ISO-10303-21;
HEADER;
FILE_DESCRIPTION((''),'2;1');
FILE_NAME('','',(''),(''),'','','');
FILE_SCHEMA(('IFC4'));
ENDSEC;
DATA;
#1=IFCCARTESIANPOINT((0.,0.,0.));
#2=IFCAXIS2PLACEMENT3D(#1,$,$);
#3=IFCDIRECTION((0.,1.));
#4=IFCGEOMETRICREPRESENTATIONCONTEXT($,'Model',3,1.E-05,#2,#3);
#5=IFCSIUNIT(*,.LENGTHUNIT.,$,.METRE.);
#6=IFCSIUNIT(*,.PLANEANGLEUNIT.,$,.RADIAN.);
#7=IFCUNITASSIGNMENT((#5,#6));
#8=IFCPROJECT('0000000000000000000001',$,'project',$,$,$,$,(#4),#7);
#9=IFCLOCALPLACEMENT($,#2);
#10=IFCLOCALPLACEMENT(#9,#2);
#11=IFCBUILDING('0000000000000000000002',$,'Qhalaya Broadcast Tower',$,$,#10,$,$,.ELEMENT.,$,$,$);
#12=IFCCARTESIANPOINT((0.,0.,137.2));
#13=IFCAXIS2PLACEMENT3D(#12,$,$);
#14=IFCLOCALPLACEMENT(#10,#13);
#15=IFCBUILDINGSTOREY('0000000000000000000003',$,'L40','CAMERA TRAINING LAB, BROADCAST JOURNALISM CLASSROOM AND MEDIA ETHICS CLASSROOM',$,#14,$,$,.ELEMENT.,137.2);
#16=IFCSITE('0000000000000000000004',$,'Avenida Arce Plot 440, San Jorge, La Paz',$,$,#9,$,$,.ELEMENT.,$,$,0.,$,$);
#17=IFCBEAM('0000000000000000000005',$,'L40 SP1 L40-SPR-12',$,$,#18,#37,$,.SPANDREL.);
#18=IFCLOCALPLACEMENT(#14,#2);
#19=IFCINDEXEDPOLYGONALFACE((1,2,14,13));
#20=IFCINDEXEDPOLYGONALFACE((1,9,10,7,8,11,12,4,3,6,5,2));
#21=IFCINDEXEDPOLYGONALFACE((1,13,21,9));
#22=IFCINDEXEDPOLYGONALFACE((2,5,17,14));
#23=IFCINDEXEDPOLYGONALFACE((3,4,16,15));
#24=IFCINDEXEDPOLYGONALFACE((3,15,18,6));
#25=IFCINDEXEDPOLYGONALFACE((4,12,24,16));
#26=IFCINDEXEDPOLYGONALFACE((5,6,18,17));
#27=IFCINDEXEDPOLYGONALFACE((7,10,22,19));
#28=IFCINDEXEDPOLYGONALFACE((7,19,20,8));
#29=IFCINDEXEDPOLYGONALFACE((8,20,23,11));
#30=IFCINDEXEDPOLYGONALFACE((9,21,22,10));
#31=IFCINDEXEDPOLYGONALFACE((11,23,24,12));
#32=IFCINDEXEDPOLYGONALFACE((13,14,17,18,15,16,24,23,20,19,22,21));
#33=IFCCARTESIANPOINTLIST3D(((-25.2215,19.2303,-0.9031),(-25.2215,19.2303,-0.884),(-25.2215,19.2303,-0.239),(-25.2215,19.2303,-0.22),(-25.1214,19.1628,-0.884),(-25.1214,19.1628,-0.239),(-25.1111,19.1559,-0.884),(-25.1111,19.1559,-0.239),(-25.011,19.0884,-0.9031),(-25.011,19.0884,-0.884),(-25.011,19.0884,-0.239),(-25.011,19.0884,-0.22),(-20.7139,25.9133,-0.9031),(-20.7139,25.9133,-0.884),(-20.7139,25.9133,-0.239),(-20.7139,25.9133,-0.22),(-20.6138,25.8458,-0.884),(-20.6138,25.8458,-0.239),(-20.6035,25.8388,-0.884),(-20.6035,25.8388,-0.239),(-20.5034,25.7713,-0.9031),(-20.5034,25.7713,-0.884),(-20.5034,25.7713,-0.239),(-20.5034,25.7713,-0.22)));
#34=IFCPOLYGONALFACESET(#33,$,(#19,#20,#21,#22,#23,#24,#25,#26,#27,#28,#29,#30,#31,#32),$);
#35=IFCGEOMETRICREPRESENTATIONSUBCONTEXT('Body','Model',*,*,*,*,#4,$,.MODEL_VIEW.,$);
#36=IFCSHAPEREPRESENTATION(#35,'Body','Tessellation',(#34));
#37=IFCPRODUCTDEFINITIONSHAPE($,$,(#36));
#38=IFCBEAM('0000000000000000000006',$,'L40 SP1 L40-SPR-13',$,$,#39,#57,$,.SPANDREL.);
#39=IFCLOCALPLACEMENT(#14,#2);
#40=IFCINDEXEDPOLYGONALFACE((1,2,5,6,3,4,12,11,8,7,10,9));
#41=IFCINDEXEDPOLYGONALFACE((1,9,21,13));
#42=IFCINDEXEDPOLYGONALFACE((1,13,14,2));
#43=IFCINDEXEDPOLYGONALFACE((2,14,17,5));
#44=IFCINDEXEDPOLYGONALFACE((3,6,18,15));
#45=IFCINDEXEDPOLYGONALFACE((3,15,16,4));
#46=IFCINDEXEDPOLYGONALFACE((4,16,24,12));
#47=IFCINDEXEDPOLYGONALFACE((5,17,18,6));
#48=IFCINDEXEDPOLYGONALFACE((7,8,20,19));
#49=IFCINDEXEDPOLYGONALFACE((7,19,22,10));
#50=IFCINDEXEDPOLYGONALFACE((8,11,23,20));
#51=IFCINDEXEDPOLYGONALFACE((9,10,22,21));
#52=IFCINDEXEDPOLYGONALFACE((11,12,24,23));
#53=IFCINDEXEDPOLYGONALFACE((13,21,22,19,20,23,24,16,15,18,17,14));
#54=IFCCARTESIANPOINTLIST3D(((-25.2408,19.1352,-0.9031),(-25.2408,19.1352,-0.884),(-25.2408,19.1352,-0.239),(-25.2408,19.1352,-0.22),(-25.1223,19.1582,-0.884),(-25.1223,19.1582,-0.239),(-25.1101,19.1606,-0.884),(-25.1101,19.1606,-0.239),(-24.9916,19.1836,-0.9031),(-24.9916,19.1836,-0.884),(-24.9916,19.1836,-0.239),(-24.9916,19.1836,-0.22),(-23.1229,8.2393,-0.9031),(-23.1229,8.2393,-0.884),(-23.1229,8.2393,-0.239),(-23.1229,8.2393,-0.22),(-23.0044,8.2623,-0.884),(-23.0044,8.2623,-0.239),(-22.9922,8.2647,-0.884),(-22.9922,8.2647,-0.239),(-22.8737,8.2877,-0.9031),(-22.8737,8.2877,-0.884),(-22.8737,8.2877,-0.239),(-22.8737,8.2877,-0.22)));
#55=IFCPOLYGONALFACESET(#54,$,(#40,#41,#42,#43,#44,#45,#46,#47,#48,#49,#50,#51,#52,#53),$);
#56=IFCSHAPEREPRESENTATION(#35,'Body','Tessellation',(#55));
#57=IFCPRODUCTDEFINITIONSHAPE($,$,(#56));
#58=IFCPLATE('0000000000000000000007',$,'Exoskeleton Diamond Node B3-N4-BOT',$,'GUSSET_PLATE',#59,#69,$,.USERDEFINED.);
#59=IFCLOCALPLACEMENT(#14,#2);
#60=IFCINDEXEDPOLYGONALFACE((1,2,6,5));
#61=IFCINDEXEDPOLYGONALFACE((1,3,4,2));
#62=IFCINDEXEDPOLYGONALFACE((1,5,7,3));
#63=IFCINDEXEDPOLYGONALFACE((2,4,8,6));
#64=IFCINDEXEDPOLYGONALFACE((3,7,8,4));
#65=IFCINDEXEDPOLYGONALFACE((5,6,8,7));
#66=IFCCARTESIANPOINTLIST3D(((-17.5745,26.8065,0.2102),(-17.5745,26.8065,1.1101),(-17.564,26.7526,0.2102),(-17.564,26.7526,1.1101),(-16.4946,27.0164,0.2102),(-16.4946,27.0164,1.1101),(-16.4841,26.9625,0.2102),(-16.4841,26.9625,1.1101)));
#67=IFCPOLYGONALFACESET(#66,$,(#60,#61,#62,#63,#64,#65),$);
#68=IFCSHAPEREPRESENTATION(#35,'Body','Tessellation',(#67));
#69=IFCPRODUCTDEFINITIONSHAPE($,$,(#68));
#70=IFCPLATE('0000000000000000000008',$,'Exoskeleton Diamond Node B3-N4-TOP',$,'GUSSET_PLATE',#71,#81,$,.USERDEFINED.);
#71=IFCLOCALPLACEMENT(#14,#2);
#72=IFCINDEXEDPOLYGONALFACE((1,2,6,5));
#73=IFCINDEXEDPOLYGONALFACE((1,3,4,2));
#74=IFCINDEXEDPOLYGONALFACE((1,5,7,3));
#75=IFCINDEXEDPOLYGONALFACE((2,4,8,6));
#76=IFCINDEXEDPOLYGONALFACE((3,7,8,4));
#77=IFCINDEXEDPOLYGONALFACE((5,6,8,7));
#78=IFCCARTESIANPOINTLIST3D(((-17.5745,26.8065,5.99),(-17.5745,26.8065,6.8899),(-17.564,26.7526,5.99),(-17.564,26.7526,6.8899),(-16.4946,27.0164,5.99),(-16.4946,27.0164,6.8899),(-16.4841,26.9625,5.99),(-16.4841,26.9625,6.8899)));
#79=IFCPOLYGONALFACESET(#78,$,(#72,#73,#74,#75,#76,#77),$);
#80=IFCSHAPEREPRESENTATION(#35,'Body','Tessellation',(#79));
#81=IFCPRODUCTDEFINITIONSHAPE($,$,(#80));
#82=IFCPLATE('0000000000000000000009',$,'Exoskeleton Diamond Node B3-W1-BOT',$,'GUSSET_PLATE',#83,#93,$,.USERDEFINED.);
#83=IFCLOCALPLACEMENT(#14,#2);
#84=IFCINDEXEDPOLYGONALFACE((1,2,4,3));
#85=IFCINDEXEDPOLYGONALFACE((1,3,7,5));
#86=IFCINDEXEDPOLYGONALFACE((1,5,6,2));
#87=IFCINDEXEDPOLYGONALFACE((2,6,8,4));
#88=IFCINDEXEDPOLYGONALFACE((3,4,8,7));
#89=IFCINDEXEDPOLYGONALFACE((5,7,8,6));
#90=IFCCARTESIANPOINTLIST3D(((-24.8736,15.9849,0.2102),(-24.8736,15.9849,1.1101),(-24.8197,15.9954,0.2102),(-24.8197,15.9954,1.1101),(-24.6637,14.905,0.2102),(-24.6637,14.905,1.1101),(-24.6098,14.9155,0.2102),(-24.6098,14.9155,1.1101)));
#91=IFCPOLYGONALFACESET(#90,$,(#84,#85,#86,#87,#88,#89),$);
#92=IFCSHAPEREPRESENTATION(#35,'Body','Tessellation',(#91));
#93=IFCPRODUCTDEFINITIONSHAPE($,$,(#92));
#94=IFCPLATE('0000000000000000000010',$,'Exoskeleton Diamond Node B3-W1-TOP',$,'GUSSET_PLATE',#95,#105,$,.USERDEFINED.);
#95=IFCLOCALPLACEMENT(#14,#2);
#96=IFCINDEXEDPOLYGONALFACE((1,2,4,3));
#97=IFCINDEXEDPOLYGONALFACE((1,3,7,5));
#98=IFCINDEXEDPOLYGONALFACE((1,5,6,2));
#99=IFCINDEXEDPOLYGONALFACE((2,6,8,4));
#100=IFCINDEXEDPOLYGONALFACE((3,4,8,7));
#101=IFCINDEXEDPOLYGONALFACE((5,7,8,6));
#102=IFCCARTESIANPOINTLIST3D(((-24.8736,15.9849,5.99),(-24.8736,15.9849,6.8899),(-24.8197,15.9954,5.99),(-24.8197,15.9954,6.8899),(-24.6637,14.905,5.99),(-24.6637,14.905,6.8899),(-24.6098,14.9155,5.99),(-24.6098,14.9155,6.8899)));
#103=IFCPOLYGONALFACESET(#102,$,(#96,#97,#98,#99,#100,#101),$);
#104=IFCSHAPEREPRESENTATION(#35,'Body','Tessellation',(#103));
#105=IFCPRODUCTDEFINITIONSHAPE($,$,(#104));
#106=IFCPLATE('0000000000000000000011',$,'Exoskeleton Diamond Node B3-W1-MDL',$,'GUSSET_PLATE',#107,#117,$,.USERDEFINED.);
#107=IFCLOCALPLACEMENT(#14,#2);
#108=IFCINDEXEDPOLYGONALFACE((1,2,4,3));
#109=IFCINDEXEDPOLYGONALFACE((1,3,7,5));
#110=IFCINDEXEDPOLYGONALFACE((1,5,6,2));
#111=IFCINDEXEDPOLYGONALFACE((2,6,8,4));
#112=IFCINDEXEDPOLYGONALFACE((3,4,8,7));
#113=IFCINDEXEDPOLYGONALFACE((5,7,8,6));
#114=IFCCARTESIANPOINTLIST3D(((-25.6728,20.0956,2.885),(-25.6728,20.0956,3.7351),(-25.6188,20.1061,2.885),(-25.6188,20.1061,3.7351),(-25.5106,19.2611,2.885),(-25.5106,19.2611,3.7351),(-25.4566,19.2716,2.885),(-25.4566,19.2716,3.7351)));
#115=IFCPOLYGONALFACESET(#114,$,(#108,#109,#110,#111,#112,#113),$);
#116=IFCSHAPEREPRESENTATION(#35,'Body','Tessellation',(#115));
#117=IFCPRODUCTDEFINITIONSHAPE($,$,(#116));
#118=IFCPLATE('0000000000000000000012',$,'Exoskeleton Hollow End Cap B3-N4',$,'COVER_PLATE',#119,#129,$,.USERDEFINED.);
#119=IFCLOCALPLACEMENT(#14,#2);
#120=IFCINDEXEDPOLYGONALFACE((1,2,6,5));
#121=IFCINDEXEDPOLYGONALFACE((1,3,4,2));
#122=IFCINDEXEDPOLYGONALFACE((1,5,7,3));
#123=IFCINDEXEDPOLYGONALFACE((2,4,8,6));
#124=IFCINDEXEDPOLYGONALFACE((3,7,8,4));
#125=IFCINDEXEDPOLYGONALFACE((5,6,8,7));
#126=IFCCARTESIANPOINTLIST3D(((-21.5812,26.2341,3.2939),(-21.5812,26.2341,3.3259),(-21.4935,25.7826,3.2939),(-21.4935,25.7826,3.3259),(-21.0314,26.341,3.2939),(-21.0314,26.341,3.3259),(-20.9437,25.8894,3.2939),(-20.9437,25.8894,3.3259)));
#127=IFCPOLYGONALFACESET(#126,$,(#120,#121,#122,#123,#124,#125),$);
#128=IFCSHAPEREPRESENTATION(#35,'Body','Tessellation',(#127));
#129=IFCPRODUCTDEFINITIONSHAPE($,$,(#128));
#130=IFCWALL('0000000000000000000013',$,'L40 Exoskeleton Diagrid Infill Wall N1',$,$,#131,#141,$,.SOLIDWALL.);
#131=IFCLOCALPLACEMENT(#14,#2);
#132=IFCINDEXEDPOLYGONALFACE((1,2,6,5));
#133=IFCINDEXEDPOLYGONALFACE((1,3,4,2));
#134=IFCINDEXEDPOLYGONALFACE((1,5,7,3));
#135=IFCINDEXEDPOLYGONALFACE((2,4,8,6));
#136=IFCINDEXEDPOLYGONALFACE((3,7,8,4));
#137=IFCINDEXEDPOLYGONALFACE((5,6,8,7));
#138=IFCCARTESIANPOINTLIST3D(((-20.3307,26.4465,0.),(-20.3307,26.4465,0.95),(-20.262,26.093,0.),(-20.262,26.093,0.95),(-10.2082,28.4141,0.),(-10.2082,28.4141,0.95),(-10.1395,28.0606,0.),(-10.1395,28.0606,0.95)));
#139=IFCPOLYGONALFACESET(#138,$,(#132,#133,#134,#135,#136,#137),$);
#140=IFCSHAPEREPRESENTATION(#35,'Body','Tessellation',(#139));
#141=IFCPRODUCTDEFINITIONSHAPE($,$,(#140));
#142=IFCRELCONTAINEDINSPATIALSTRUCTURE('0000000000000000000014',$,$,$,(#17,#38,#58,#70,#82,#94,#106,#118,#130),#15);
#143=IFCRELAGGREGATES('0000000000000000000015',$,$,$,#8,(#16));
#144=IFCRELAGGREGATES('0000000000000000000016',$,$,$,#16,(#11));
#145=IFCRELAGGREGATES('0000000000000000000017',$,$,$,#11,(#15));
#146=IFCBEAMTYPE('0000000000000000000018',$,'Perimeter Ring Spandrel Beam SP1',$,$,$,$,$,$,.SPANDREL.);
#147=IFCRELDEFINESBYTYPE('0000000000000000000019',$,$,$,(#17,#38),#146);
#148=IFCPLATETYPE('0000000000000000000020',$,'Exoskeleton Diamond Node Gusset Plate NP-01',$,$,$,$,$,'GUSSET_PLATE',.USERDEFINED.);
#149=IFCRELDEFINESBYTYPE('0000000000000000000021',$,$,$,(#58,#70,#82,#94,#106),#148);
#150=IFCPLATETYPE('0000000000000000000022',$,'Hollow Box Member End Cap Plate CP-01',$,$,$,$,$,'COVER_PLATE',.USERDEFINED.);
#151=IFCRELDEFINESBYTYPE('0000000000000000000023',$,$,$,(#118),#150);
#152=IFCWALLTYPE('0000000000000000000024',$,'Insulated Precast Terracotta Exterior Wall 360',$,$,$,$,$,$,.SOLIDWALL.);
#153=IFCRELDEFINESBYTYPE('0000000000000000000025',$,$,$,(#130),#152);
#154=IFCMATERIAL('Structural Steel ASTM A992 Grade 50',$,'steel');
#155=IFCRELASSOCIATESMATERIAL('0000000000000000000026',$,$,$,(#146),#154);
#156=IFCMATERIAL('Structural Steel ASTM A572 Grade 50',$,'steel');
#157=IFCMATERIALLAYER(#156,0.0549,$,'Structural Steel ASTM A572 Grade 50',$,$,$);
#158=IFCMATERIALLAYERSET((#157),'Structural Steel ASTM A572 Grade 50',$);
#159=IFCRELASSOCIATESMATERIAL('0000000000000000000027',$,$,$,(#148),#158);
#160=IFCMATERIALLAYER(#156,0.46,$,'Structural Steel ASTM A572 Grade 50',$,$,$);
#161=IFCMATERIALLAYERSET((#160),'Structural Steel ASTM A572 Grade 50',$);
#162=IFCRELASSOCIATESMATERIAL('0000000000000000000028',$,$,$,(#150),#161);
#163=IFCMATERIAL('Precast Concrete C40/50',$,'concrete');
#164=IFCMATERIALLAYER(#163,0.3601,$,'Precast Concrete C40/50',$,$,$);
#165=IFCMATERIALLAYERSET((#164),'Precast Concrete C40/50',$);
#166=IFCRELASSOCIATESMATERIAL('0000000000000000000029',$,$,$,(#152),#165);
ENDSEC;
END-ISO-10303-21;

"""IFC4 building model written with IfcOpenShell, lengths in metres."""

from ifc_helpers import new_model, si_unit, direction, frame, frame_2d, origin, origin_2d, place, context, subcontext, project, spatial, rectangle, i_section, extrude, material, layer, layer_set, material_profile, profile_set, type_object, element, save


model = new_model("IFC4")

# Units and contexts
model_context = context("Model", 3, precision=1e-05, world=origin(), true_north=direction((0.0, 1.0)))
body_context = subcontext(model_context, "Body", "Model", "MODEL_VIEW")
ifc_project = project(units=[si_unit("LENGTHUNIT", "METRE"), si_unit("PLANEANGLEUNIT", "RADIAN")], contexts=[model_context])

# Site, building, storey
site_placement = place(None, origin())
site = spatial("IfcSite", under=ifc_project, at=site_placement, Name="Avenida Arce Plot 440, San Jorge, La Paz", CompositionType="ELEMENT", RefElevation=0.0)
building_placement = place(site_placement, origin())
building = spatial("IfcBuilding", under=site, at=building_placement, Name="Qhalaya Broadcast Tower", CompositionType="ELEMENT")
storey_placement = place(building_placement, frame((0.0, 0.0, 137.2)))
storey = spatial("IfcBuildingStorey", under=building, at=storey_placement, Name="L40", Description="CAMERA TRAINING LAB, BROADCAST JOURNALISM CLASSROOM AND MEDIA ETHICS CLASSROOM", CompositionType="ELEMENT", Elevation=137.2)

# Shared definitions
ifc_material_1 = material(Name="Structural Steel ASTM A572 Grade 50", Category="steel")

# Shared definitions
ifc_material_2 = material(Name="Structural Steel ASTM A992 Grade 50", Category="steel")

# Beams
ifc_material_profile_1 = material_profile(ifc_material_2, i_section(OverallWidth=0.2539, OverallDepth=0.6831, WebThickness=0.0125, FlangeThickness=0.019, at=origin_2d()), Name="W27X94")
ifc_profile_set_1 = profile_set([ifc_material_profile_1], Name="Structural Steel ASTM A992 Grade 50")
beam_type_1 = type_object("IfcBeamType", Name="Perimeter Ring Spandrel Beam SP1", PredefinedType="SPANDREL", material=ifc_profile_set_1)
beam_1_placement = place(storey_placement, frame((-20.6086, 25.8423, -0.5615), z_axis=(-0.559186, -0.829042, 0.0), x_axis=(0.829042, -0.559186, 0.0)))
element("IfcBeam", 1, at=beam_1_placement, inside=storey, type_object=beam_type_1, Name="L40 SP1 L40-SPR-12", PredefinedType="SPANDREL", context=body_context, shape_type="SweptSolid", body=[
    extrude(i_section(OverallWidth=0.2539, OverallDepth=0.6831, WebThickness=0.0125, FlangeThickness=0.019, at=origin_2d()), origin(), (0.0, 0.0, 1.0), 8.061),
])
beam_2_placement = place(storey_placement, frame((-25.1162, 19.1594, -0.5615), z_axis=(0.190805, -0.981628, 0.0), x_axis=(0.981628, 0.190805, 0.0)))
element("IfcBeam", 2, at=beam_2_placement, inside=storey, type_object=beam_type_1, Name="L40 SP1 L40-SPR-13", PredefinedType="SPANDREL", context=body_context, shape_type="SweptSolid", body=[
    extrude(i_section(OverallWidth=0.2539, OverallDepth=0.6831, WebThickness=0.0125, FlangeThickness=0.019, at=origin_2d()), origin(), (0.0, 0.0, 1.0), 11.0999),
])

# Plates
ifc_layer_1 = layer(ifc_material_1, 0.0549, Name="Structural Steel ASTM A572 Grade 50")
ifc_layer_set_1 = layer_set([ifc_layer_1], Name="Structural Steel ASTM A572 Grade 50")
plate_type_1 = type_object("IfcPlateType", Name="Exoskeleton Diamond Node Gusset Plate NP-01", ElementType="GUSSET_PLATE", PredefinedType="USERDEFINED", material=ifc_layer_set_1)
for number, where, z_axis, x_axis, name in (
    (3, (-17.0293, 26.8845, 0.2102), (0.0, 0.0, 1.0), (0.981627, 0.190809, 0.0), "Exoskeleton Diamond Node B3-N4-BOT"),
    (4, (-17.0293, 26.8845, 5.99), (0.0, 0.0, 1.0), (0.981627, 0.190809, 0.0), "Exoskeleton Diamond Node B3-N4-TOP"),
    (5, (-24.7417, 15.4502, 0.2102), (0.0, 0.0, 1.0), (-0.190809, 0.981627, 0.0), "Exoskeleton Diamond Node B3-W1-BOT"),
    (6, (-24.7417, 15.4502, 5.99), (0.0, 0.0, 1.0), (-0.190809, 0.981627, 0.0), "Exoskeleton Diamond Node B3-W1-TOP"),
):
    element("IfcPlate", number, at=place(storey_placement, frame(where, z_axis=z_axis, x_axis=x_axis)), inside=storey, type_object=plate_type_1, Name=name, ObjectType="GUSSET_PLATE", PredefinedType="USERDEFINED", context=body_context, shape_type="SweptSolid", body=[
        extrude(rectangle(XDim=1.1001, YDim=0.0549, at=origin_2d()), origin(), (0.0, 0.0, 1.0), 0.8999),
    ])
plate_1_placement = place(storey_placement, frame((-25.5647, 19.6836, 2.885), z_axis=(0.0, 0.0, 1.0), x_axis=(-0.190809, 0.981627, 0.0)))
element("IfcPlate", 7, at=plate_1_placement, inside=storey, type_object=plate_type_1, Name="Exoskeleton Diamond Node B3-W1-MDL", ObjectType="GUSSET_PLATE", PredefinedType="USERDEFINED", context=body_context, shape_type="SweptSolid", body=[
    extrude(rectangle(XDim=0.8501, YDim=0.0549, at=origin_2d()), origin(), (0.0, 0.0, 1.0), 0.8501),
])
ifc_layer_2 = layer(ifc_material_1, 0.46, Name="Structural Steel ASTM A572 Grade 50")
ifc_layer_set_2 = layer_set([ifc_layer_2], Name="Structural Steel ASTM A572 Grade 50")
plate_type_2 = type_object("IfcPlateType", Name="Hollow Box Member End Cap Plate CP-01", ElementType="COVER_PLATE", PredefinedType="USERDEFINED", material=ifc_layer_set_2)
plate_2_placement = place(storey_placement, frame((-21.2625, 26.0618, 3.2939), z_axis=(0.0, 0.0, 1.0), x_axis=(0.981627, 0.190809, 0.0)))
element("IfcPlate", 8, at=plate_2_placement, inside=storey, type_object=plate_type_2, Name="Exoskeleton Hollow End Cap B3-N4", ObjectType="COVER_PLATE", PredefinedType="USERDEFINED", context=body_context, shape_type="SweptSolid", body=[
    extrude(rectangle(XDim=0.5601, YDim=0.46, at=origin_2d()), origin(), (0.0, 0.0, 1.0), 0.032),
])

# Wall
ifc_material_3 = material(Name="Precast Concrete C40/50", Category="concrete")
ifc_layer_3 = layer(ifc_material_3, 0.3601, Name="Precast Concrete C40/50")
ifc_layer_set_3 = layer_set([ifc_layer_3], Name="Precast Concrete C40/50")
wall_type = type_object("IfcWallType", Name="Insulated Precast Terracotta Exterior Wall 360", PredefinedType="SOLIDWALL", material=ifc_layer_set_3)
wall_placement = place(storey_placement, frame((-20.2964, 26.2698, 0.0), z_axis=(0.0, 0.0, 1.0), x_axis=(0.981629, 0.1908, 0.0)))
element("IfcWall", 9, at=wall_placement, inside=storey, type_object=wall_type, Name="L40 Exoskeleton Diagrid Infill Wall N1", PredefinedType="SOLIDWALL", context=body_context, shape_type="SweptSolid", body=[
    extrude(rectangle(XDim=10.312, YDim=0.3601, at=frame_2d((5.156, 0.0))), origin(), (0.0, 0.0, 1.0), 0.95),
])

save(model, "model.ifc")
